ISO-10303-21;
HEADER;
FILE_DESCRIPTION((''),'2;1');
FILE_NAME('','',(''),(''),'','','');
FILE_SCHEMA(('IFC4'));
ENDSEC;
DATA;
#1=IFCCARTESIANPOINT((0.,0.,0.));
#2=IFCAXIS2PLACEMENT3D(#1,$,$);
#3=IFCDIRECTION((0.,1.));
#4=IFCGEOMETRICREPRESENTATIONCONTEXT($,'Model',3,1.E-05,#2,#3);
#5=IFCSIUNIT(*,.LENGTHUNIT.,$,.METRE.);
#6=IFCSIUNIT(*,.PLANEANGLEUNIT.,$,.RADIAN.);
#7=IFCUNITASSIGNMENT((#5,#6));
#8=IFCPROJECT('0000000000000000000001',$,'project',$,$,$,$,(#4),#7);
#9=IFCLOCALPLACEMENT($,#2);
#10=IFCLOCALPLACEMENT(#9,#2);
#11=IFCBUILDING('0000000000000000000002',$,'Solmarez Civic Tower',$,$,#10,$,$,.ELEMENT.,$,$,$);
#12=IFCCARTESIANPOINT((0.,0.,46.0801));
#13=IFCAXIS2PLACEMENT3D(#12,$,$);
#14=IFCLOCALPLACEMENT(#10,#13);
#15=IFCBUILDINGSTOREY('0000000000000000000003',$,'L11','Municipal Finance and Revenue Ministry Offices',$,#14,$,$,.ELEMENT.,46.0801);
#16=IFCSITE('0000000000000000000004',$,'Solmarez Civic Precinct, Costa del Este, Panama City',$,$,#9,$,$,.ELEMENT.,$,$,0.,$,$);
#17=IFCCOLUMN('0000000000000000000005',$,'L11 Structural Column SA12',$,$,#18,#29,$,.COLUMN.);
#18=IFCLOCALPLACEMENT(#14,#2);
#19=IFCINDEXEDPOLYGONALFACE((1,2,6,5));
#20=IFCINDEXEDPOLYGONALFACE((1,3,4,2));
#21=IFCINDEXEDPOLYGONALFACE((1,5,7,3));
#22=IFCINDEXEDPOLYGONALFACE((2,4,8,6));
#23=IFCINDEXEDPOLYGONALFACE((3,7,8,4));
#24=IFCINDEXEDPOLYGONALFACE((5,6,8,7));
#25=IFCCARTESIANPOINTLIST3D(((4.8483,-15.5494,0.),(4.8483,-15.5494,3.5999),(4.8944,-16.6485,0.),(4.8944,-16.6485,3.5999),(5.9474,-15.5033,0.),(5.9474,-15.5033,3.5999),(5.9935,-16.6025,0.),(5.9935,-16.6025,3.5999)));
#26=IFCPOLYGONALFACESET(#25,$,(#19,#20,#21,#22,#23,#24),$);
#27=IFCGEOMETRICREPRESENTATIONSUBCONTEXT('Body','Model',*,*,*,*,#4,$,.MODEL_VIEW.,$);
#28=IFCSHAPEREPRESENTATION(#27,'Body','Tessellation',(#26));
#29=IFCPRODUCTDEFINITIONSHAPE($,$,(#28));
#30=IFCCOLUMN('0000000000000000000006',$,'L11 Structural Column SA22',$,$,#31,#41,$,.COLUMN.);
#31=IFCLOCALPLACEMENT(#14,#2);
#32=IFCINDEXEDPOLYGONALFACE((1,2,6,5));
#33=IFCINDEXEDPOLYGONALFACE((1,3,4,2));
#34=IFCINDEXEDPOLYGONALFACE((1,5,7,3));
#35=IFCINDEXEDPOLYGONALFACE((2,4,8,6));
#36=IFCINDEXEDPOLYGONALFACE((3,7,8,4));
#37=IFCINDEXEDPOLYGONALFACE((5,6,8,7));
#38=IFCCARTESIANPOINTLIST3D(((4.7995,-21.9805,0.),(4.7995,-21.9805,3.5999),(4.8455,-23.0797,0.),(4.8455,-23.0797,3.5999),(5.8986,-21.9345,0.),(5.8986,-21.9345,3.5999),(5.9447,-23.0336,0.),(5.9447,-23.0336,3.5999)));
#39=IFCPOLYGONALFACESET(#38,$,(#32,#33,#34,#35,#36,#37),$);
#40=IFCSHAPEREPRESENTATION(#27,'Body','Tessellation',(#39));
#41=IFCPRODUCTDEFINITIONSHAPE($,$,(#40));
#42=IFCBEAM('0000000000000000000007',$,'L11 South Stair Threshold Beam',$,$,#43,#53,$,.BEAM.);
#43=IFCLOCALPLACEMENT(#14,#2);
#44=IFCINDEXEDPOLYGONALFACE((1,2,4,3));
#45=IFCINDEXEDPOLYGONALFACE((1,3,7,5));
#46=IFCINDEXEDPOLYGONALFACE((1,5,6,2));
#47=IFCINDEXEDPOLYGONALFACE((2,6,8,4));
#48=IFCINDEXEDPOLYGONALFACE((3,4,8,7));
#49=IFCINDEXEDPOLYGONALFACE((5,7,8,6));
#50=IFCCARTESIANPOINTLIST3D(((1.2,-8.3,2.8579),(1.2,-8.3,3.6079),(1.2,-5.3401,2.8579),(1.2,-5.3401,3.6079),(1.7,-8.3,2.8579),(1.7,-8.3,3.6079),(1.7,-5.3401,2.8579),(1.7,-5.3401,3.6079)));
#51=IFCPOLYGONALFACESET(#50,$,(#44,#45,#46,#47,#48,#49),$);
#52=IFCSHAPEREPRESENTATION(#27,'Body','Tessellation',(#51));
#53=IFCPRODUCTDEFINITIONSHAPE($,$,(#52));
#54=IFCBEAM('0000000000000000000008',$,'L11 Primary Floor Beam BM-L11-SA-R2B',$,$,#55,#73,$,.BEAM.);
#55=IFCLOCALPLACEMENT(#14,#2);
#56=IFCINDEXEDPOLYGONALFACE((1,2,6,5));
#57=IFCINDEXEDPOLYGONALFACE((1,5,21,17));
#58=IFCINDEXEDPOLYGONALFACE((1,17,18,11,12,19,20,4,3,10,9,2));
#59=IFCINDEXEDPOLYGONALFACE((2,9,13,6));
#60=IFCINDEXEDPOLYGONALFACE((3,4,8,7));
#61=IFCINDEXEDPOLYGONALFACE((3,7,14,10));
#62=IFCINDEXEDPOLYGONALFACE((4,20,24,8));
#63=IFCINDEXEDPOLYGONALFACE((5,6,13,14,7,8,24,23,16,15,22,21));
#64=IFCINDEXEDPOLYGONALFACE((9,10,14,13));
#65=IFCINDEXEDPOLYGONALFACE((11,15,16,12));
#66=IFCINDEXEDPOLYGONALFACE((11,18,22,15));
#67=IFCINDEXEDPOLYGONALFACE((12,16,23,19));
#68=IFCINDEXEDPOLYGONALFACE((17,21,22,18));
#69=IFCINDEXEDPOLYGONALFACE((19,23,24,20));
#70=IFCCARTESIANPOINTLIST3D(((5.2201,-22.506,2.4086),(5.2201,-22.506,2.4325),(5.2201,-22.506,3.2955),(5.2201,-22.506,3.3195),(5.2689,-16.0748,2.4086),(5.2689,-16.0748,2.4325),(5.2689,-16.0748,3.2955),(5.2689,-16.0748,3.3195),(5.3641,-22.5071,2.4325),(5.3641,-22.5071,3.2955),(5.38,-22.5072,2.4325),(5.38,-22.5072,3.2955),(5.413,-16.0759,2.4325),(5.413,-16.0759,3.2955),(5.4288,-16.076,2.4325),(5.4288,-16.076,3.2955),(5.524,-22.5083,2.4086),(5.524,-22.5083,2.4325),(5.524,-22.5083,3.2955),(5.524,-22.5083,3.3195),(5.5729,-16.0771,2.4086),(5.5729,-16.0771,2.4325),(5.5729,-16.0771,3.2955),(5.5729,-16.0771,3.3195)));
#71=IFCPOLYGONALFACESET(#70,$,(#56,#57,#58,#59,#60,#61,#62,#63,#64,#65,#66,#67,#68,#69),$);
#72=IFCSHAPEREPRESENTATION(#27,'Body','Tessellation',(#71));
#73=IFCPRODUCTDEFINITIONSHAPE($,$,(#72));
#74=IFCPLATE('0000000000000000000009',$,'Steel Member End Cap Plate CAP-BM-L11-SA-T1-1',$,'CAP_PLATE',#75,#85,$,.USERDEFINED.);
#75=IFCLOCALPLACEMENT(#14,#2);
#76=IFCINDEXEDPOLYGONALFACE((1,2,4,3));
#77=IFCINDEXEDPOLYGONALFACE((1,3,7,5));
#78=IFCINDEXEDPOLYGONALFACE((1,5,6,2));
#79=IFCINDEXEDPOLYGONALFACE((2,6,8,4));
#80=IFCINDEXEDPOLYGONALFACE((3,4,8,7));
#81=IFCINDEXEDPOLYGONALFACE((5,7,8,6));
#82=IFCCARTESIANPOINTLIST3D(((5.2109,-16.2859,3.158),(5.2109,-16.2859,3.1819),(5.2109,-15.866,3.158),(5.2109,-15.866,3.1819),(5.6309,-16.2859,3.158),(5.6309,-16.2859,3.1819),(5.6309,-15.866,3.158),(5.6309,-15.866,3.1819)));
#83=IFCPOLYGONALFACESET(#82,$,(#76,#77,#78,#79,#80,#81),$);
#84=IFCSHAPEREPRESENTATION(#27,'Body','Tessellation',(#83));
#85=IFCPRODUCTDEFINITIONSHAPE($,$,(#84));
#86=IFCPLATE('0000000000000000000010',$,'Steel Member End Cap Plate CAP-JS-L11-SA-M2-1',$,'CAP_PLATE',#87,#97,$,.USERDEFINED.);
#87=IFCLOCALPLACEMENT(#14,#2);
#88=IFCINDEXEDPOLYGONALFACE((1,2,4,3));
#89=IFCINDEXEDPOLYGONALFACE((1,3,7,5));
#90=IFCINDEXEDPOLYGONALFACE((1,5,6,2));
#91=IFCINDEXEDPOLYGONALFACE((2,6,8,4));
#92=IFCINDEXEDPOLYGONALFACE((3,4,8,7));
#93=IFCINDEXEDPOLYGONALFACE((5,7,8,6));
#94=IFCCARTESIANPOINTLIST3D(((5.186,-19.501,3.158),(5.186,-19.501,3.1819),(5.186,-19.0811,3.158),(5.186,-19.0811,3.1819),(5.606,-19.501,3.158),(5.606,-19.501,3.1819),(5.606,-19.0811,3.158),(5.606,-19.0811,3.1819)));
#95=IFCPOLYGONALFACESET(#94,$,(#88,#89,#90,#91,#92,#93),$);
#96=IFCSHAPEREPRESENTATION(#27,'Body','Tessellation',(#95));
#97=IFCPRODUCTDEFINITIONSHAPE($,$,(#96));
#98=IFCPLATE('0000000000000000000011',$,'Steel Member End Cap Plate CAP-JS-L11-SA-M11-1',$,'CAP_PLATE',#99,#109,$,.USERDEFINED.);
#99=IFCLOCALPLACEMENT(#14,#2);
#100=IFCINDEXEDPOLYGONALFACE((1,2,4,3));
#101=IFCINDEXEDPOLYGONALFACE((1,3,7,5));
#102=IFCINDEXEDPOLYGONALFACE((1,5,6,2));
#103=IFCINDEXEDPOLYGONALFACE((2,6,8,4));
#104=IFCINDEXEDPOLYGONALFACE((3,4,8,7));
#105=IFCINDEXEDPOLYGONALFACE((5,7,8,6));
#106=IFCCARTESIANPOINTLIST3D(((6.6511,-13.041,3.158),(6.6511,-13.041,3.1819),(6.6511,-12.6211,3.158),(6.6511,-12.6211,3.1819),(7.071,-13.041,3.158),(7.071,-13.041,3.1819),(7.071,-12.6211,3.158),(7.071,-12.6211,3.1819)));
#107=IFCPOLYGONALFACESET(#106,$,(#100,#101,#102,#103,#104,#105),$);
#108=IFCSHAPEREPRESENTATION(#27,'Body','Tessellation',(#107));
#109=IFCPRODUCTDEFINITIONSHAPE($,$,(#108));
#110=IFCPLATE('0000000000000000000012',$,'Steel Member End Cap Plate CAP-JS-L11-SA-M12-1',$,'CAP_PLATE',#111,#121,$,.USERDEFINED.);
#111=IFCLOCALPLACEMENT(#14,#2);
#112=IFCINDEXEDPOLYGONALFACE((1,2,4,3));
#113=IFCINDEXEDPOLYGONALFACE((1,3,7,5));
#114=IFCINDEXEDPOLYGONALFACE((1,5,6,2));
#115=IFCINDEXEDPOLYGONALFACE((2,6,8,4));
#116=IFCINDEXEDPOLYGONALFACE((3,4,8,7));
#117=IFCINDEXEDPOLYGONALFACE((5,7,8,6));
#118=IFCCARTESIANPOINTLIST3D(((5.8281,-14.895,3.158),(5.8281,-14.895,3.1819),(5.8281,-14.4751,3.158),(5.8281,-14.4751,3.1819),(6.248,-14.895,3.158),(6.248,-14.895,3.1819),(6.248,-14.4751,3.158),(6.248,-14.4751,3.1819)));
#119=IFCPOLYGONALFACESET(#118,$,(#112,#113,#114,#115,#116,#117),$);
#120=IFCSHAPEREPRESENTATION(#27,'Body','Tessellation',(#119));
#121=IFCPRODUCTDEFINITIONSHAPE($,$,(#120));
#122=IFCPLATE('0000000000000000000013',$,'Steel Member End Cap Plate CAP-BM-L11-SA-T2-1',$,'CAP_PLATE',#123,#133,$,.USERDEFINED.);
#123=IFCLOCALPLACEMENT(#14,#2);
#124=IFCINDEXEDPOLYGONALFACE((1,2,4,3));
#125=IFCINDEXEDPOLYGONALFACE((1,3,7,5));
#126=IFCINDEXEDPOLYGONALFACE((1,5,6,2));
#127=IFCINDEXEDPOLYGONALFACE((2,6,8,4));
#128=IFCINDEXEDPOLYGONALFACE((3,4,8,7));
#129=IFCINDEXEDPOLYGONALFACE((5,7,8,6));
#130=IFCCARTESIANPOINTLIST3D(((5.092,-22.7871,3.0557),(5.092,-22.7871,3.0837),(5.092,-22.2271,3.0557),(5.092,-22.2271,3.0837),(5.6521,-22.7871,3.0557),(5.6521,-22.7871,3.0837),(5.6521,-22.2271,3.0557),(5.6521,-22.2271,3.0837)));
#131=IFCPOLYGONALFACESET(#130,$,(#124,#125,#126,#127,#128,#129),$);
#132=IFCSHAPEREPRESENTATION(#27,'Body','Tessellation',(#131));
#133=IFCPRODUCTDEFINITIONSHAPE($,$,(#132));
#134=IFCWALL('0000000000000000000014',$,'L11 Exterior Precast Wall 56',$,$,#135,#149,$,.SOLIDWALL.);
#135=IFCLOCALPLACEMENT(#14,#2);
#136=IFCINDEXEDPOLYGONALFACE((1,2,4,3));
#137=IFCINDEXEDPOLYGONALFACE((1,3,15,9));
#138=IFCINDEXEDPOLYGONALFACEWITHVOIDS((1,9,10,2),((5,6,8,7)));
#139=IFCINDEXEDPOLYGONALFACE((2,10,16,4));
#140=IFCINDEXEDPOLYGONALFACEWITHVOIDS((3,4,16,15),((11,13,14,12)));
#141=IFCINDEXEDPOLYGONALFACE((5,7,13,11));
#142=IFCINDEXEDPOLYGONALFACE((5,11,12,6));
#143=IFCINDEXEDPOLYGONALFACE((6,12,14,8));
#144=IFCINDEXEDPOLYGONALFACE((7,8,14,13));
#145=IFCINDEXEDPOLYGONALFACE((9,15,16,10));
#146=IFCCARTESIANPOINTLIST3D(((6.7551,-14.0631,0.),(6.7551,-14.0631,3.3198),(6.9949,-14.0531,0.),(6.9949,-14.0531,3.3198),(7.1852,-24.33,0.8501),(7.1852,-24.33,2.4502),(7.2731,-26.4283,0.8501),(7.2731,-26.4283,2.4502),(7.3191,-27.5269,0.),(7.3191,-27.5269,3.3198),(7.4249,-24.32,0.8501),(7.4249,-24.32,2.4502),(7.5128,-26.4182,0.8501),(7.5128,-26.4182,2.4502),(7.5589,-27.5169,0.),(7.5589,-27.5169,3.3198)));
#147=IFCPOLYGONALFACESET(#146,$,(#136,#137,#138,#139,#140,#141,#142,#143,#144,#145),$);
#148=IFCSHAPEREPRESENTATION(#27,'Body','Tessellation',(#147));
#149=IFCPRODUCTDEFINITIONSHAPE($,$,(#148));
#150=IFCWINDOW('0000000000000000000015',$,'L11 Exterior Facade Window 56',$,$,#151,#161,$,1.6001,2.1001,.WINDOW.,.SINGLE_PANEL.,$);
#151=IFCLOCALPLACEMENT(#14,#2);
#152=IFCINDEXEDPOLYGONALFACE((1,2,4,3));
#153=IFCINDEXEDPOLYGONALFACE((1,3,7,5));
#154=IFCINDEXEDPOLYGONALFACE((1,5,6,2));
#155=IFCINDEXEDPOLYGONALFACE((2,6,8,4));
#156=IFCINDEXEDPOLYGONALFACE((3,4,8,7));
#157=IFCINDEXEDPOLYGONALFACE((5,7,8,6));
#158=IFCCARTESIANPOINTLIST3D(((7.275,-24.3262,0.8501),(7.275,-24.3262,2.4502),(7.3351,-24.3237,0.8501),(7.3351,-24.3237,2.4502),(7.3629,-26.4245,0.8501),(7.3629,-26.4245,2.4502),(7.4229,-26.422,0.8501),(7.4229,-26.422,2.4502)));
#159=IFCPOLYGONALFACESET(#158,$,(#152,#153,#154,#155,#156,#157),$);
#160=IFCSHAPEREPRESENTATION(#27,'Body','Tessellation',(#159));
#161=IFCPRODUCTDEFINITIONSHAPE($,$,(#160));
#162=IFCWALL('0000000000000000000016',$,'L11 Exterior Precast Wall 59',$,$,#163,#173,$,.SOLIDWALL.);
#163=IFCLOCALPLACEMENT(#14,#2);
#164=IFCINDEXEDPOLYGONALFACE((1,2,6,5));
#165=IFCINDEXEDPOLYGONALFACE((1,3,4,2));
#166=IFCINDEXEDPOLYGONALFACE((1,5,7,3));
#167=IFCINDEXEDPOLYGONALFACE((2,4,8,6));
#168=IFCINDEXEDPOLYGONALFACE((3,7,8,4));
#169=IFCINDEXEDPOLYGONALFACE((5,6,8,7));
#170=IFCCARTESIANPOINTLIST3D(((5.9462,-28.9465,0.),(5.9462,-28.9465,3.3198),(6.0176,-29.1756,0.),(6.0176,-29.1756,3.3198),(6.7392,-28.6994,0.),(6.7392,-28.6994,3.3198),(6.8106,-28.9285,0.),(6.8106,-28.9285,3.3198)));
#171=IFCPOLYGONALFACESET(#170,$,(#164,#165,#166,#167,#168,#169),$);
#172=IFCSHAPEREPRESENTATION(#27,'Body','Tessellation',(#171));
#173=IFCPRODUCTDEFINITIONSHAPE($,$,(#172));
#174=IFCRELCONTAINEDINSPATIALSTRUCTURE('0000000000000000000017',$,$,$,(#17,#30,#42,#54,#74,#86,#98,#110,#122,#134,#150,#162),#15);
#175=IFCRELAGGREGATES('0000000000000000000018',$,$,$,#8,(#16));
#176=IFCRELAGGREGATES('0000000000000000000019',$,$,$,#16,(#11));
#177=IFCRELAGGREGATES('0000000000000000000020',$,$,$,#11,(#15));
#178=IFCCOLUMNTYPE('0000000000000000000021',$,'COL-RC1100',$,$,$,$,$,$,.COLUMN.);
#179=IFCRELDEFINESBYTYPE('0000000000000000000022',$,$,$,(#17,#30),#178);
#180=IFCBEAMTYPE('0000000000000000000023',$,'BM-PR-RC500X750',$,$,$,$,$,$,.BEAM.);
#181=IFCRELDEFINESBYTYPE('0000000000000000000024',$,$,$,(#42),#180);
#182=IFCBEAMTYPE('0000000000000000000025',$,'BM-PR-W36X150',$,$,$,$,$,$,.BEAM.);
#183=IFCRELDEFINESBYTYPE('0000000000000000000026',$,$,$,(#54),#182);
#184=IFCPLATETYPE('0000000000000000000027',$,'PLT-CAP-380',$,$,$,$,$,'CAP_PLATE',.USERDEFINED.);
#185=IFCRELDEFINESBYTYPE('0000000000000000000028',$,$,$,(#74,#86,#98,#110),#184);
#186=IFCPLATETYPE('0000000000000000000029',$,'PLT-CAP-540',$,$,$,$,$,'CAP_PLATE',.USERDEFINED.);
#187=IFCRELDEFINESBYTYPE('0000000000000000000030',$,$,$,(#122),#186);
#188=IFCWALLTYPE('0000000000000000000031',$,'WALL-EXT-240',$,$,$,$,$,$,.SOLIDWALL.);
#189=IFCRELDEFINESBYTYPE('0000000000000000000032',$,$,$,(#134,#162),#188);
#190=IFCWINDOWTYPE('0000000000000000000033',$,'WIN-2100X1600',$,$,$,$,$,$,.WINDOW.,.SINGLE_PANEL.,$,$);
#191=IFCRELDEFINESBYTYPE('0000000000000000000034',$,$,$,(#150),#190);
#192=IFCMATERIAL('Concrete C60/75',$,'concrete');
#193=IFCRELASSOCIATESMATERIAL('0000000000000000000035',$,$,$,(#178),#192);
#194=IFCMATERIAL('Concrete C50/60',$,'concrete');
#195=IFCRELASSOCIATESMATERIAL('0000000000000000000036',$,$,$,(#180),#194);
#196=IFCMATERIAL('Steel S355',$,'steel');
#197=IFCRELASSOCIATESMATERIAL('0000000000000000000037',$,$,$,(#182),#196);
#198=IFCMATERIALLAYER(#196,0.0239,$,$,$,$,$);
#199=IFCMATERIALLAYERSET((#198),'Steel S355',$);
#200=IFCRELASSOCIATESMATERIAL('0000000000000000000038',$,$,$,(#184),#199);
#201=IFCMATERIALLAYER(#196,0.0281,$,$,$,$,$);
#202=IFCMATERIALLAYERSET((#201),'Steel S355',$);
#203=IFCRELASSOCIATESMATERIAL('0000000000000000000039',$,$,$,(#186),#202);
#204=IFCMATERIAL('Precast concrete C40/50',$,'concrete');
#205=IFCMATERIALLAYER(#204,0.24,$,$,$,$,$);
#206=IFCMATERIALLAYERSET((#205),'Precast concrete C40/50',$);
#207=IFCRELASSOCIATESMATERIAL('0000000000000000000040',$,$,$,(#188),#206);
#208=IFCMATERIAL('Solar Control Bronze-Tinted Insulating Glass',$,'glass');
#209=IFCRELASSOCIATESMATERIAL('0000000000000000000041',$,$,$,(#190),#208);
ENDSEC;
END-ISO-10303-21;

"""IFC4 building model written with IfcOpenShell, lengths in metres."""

from ifc_helpers import new_model, si_unit, direction, frame, frame_2d, origin, origin_2d, place, context, subcontext, project, spatial, rectangle, i_section, extrude, material, layer, layer_set, material_profile, profile_set, type_object, element, fill, save


model = new_model("IFC4")

# Units and contexts
model_context = context("Model", 3, precision=1e-05, world=origin(), true_north=direction((0.0, 1.0)))
body_context = subcontext(model_context, "Body", "Model", "MODEL_VIEW")
ifc_project = project(units=[si_unit("LENGTHUNIT", "METRE"), si_unit("PLANEANGLEUNIT", "RADIAN")], contexts=[model_context])

# Site, building, storey
site_placement = place(None, origin())
site = spatial("IfcSite", under=ifc_project, at=site_placement, Name="Solmarez Civic Precinct, Costa del Este, Panama City", CompositionType="ELEMENT", RefElevation=0.0)
building_placement = place(site_placement, origin())
building = spatial("IfcBuilding", under=site, at=building_placement, Name="Solmarez Civic Tower", CompositionType="ELEMENT")
storey_placement = place(building_placement, frame((0.0, 0.0, 46.0801)))
storey = spatial("IfcBuildingStorey", under=building, at=storey_placement, Name="L11", Description="Municipal Finance and Revenue Ministry Offices", CompositionType="ELEMENT", Elevation=46.0801)

# Columns
ifc_material_1 = material(Name="Concrete C60/75", Category="concrete")
ifc_material_profile_1 = material_profile(ifc_material_1, rectangle(XDim=1.1001, YDim=1.1001, at=origin_2d()), Name="RC1100X1100")
ifc_profile_set_1 = profile_set([ifc_material_profile_1], Name="Concrete C60/75")
column_type = type_object("IfcColumnType", Name="COL-RC1100", PredefinedType="COLUMN", material=ifc_profile_set_1)
for number, where, z_axis, x_axis, name in (
    (1, (5.4209, -16.0759, 0.0), (0.0, 0.0, 1.0), (0.999123, 0.041876, 0.0), "L11 Structural Column SA12"),
    (2, (5.3721, -22.5071, 0.0), (0.0, 0.0, 1.0), (0.999123, 0.041876, 0.0), "L11 Structural Column SA22"),
):
    element("IfcColumn", number, at=place(storey_placement, frame(where, z_axis=z_axis, x_axis=x_axis)), inside=storey, type_object=column_type, Name=name, PredefinedType="COLUMN", context=body_context, shape_type="SweptSolid", body=[
        extrude(rectangle(XDim=1.1001, YDim=1.1001, at=origin_2d()), origin(), (0.0, 0.0, 1.0), 3.5999),
    ])

# Beams
ifc_material_2 = material(Name="Concrete C50/60", Category="concrete")
ifc_material_profile_2 = material_profile(ifc_material_2, rectangle(XDim=0.5, YDim=0.75, at=origin_2d()), Name="RC500X750")
ifc_profile_set_2 = profile_set([ifc_material_profile_2], Name="Concrete C50/60")
beam_type_1 = type_object("IfcBeamType", Name="BM-PR-RC500X750", PredefinedType="BEAM", material=ifc_profile_set_2)
beam_1_placement = place(storey_placement, frame((1.45, -8.3, 3.2329), z_axis=(0.0, 1.0, 0.0), x_axis=(-1.0, 0.0, 0.0)))
element("IfcBeam", 3, at=beam_1_placement, inside=storey, type_object=beam_type_1, Name="L11 South Stair Threshold Beam", PredefinedType="BEAM", context=body_context, shape_type="SweptSolid", body=[
    extrude(rectangle(XDim=0.5, YDim=0.75, at=origin_2d()), origin(), (0.0, 0.0, 1.0), 2.96),
])
ifc_material_3 = material(Name="Steel S355", Category="steel")
ifc_material_profile_3 = material_profile(ifc_material_3, i_section(OverallWidth=0.304, OverallDepth=0.9109, WebThickness=0.0159, FlangeThickness=0.0239, at=origin_2d()), Name="W36X150")
ifc_profile_set_3 = profile_set([ifc_material_profile_3], Name="Steel S355")
beam_type_2 = type_object("IfcBeamType", Name="BM-PR-W36X150", PredefinedType="BEAM", material=ifc_profile_set_3)
beam_2_placement = place(storey_placement, frame((5.4209, -16.0759, 2.864), z_axis=(-0.007592, -0.999971, 0.0), x_axis=(0.999971, -0.007592, 0.0)))
element("IfcBeam", 4, at=beam_2_placement, inside=storey, type_object=beam_type_2, Name="L11 Primary Floor Beam BM-L11-SA-R2B", PredefinedType="BEAM", context=body_context, shape_type="SweptSolid", body=[
    extrude(i_section(OverallWidth=0.304, OverallDepth=0.9109, WebThickness=0.0159, FlangeThickness=0.0239, at=origin_2d()), origin(), (0.0, 0.0, 1.0), 6.4314),
])

# Plates
ifc_layer_1 = layer(ifc_material_3, 0.0239)
ifc_layer_set_1 = layer_set([ifc_layer_1], Name="Steel S355")
plate_type_1 = type_object("IfcPlateType", Name="PLT-CAP-380", ElementType="CAP_PLATE", PredefinedType="USERDEFINED", material=ifc_layer_set_1)
for number, where, z_axis, x_axis, name in (
    (5, (5.4209, -16.0759, 3.158), (0.0, 0.0, 1.0), (1.0, 0.0, 0.0), "Steel Member End Cap Plate CAP-BM-L11-SA-T1-1"),
    (6, (5.396, -19.291, 3.158), (0.0, 0.0, 1.0), (1.0, 0.0, 0.0), "Steel Member End Cap Plate CAP-JS-L11-SA-M2-1"),
    (7, (6.8611, -12.8311, 3.158), (0.0, 0.0, 1.0), (1.0, 0.0, 0.0), "Steel Member End Cap Plate CAP-JS-L11-SA-M11-1"),
    (8, (6.0381, -14.6851, 3.158), (0.0, 0.0, 1.0), (1.0, 0.0, 0.0), "Steel Member End Cap Plate CAP-JS-L11-SA-M12-1"),
):
    element("IfcPlate", number, at=place(storey_placement, frame(where, z_axis=z_axis, x_axis=x_axis)), inside=storey, type_object=plate_type_1, Name=name, ObjectType="CAP_PLATE", PredefinedType="USERDEFINED", context=body_context, shape_type="SweptSolid", body=[
        extrude(rectangle(XDim=0.4199, YDim=0.4199, at=origin_2d()), origin(), (0.0, 0.0, 1.0), 0.0239),
    ])
ifc_layer_2 = layer(ifc_material_3, 0.0281)
ifc_layer_set_2 = layer_set([ifc_layer_2], Name="Steel S355")
plate_type_2 = type_object("IfcPlateType", Name="PLT-CAP-540", ElementType="CAP_PLATE", PredefinedType="USERDEFINED", material=ifc_layer_set_2)
plate_placement = place(storey_placement, frame((5.3721, -22.5071, 3.0557), z_axis=(0.0, 0.0, 1.0), x_axis=(1.0, 0.0, 0.0)))
element("IfcPlate", 9, at=plate_placement, inside=storey, type_object=plate_type_2, Name="Steel Member End Cap Plate CAP-BM-L11-SA-T2-1", ObjectType="CAP_PLATE", PredefinedType="USERDEFINED", context=body_context, shape_type="SweptSolid", body=[
    extrude(rectangle(XDim=0.5601, YDim=0.5601, at=origin_2d()), origin(), (0.0, 0.0, 1.0), 0.0281),
])

# Wall, opening, window
ifc_material_4 = material(Name="Precast concrete C40/50", Category="concrete")
ifc_layer_3 = layer(ifc_material_4, 0.24)
ifc_layer_set_3 = layer_set([ifc_layer_3], Name="Precast concrete C40/50")
wall_type_1 = type_object("IfcWallType", Name="WALL-EXT-240", PredefinedType="SOLIDWALL", material=ifc_layer_set_3)
wall_1_placement = place(storey_placement, frame((6.875, -14.0581, 0.0), z_axis=(0.0, 0.0, 1.0), x_axis=(0.041851, -0.999124, 0.0)))
wall_1 = element("IfcWall", 10, at=wall_1_placement, inside=storey, type_object=wall_type_1, Name="L11 Exterior Precast Wall 56", PredefinedType="SOLIDWALL", context=body_context, shape_type="SweptSolid", body=[
    extrude(rectangle(XDim=13.4756, YDim=0.24, at=frame_2d((6.7378, 0.0))), origin(), (0.0, 0.0, 1.0), 3.3198),
])
opening_1_placement = place(wall_1_placement, frame((10.2759, 0.0, 0.8501)))
opening_1 = element("IfcOpeningElement", 11, at=opening_1_placement, cuts=wall_1, PredefinedType="OPENING", context=body_context, shape_type="SweptSolid", body=[
    extrude(rectangle(XDim=2.1001, YDim=1.6001, at=frame_2d((1.05, 0.8))), frame((0.0, 0.1299, 0.0), z_axis=(0.0, -1.0, 0.0), x_axis=(1.0, 0.0, 0.0)), (0.0, 0.0, 1.0), 0.26),
])
ifc_material_5 = material(Name="Solar Control Bronze-Tinted Insulating Glass", Category="glass")
window_type_1 = type_object("IfcWindowType", Name="WIN-2100X1600", PartitioningType="SINGLE_PANEL", PredefinedType="WINDOW", material=ifc_material_5)
window_1_placement = place(opening_1_placement, origin())
window_1 = element("IfcWindow", 12, at=window_1_placement, inside=storey, type_object=window_type_1, Name="L11 Exterior Facade Window 56", OverallHeight=1.6001, OverallWidth=2.1001, PartitioningType="SINGLE_PANEL", PredefinedType="WINDOW", context=body_context, shape_type="SweptSolid", body=[
    extrude(rectangle(XDim=2.1001, YDim=1.6001, at=frame_2d((1.05, 0.8))), frame((0.0, 0.03, 0.0), z_axis=(0.0, -1.0, 0.0), x_axis=(1.0, 0.0, 0.0)), (0.0, 0.0, 1.0), 0.0601),
])
fill(opening_1, window_1)

# Wall
wall_2_placement = place(storey_placement, frame((6.7749, -28.814, 0.0), z_axis=(0.0, 0.0, 1.0), x_axis=(-0.954731, -0.297472, 0.0)))
element("IfcWall", 13, at=wall_2_placement, inside=storey, type_object=wall_type_1, Name="L11 Exterior Precast Wall 59", PredefinedType="SOLIDWALL", context=body_context, shape_type="SweptSolid", body=[
    extrude(rectangle(XDim=0.8306, YDim=0.24, at=frame_2d((0.4153, 0.0))), origin(), (0.0, 0.0, 1.0), 3.3198),
])

save(model, "model.ifc")
